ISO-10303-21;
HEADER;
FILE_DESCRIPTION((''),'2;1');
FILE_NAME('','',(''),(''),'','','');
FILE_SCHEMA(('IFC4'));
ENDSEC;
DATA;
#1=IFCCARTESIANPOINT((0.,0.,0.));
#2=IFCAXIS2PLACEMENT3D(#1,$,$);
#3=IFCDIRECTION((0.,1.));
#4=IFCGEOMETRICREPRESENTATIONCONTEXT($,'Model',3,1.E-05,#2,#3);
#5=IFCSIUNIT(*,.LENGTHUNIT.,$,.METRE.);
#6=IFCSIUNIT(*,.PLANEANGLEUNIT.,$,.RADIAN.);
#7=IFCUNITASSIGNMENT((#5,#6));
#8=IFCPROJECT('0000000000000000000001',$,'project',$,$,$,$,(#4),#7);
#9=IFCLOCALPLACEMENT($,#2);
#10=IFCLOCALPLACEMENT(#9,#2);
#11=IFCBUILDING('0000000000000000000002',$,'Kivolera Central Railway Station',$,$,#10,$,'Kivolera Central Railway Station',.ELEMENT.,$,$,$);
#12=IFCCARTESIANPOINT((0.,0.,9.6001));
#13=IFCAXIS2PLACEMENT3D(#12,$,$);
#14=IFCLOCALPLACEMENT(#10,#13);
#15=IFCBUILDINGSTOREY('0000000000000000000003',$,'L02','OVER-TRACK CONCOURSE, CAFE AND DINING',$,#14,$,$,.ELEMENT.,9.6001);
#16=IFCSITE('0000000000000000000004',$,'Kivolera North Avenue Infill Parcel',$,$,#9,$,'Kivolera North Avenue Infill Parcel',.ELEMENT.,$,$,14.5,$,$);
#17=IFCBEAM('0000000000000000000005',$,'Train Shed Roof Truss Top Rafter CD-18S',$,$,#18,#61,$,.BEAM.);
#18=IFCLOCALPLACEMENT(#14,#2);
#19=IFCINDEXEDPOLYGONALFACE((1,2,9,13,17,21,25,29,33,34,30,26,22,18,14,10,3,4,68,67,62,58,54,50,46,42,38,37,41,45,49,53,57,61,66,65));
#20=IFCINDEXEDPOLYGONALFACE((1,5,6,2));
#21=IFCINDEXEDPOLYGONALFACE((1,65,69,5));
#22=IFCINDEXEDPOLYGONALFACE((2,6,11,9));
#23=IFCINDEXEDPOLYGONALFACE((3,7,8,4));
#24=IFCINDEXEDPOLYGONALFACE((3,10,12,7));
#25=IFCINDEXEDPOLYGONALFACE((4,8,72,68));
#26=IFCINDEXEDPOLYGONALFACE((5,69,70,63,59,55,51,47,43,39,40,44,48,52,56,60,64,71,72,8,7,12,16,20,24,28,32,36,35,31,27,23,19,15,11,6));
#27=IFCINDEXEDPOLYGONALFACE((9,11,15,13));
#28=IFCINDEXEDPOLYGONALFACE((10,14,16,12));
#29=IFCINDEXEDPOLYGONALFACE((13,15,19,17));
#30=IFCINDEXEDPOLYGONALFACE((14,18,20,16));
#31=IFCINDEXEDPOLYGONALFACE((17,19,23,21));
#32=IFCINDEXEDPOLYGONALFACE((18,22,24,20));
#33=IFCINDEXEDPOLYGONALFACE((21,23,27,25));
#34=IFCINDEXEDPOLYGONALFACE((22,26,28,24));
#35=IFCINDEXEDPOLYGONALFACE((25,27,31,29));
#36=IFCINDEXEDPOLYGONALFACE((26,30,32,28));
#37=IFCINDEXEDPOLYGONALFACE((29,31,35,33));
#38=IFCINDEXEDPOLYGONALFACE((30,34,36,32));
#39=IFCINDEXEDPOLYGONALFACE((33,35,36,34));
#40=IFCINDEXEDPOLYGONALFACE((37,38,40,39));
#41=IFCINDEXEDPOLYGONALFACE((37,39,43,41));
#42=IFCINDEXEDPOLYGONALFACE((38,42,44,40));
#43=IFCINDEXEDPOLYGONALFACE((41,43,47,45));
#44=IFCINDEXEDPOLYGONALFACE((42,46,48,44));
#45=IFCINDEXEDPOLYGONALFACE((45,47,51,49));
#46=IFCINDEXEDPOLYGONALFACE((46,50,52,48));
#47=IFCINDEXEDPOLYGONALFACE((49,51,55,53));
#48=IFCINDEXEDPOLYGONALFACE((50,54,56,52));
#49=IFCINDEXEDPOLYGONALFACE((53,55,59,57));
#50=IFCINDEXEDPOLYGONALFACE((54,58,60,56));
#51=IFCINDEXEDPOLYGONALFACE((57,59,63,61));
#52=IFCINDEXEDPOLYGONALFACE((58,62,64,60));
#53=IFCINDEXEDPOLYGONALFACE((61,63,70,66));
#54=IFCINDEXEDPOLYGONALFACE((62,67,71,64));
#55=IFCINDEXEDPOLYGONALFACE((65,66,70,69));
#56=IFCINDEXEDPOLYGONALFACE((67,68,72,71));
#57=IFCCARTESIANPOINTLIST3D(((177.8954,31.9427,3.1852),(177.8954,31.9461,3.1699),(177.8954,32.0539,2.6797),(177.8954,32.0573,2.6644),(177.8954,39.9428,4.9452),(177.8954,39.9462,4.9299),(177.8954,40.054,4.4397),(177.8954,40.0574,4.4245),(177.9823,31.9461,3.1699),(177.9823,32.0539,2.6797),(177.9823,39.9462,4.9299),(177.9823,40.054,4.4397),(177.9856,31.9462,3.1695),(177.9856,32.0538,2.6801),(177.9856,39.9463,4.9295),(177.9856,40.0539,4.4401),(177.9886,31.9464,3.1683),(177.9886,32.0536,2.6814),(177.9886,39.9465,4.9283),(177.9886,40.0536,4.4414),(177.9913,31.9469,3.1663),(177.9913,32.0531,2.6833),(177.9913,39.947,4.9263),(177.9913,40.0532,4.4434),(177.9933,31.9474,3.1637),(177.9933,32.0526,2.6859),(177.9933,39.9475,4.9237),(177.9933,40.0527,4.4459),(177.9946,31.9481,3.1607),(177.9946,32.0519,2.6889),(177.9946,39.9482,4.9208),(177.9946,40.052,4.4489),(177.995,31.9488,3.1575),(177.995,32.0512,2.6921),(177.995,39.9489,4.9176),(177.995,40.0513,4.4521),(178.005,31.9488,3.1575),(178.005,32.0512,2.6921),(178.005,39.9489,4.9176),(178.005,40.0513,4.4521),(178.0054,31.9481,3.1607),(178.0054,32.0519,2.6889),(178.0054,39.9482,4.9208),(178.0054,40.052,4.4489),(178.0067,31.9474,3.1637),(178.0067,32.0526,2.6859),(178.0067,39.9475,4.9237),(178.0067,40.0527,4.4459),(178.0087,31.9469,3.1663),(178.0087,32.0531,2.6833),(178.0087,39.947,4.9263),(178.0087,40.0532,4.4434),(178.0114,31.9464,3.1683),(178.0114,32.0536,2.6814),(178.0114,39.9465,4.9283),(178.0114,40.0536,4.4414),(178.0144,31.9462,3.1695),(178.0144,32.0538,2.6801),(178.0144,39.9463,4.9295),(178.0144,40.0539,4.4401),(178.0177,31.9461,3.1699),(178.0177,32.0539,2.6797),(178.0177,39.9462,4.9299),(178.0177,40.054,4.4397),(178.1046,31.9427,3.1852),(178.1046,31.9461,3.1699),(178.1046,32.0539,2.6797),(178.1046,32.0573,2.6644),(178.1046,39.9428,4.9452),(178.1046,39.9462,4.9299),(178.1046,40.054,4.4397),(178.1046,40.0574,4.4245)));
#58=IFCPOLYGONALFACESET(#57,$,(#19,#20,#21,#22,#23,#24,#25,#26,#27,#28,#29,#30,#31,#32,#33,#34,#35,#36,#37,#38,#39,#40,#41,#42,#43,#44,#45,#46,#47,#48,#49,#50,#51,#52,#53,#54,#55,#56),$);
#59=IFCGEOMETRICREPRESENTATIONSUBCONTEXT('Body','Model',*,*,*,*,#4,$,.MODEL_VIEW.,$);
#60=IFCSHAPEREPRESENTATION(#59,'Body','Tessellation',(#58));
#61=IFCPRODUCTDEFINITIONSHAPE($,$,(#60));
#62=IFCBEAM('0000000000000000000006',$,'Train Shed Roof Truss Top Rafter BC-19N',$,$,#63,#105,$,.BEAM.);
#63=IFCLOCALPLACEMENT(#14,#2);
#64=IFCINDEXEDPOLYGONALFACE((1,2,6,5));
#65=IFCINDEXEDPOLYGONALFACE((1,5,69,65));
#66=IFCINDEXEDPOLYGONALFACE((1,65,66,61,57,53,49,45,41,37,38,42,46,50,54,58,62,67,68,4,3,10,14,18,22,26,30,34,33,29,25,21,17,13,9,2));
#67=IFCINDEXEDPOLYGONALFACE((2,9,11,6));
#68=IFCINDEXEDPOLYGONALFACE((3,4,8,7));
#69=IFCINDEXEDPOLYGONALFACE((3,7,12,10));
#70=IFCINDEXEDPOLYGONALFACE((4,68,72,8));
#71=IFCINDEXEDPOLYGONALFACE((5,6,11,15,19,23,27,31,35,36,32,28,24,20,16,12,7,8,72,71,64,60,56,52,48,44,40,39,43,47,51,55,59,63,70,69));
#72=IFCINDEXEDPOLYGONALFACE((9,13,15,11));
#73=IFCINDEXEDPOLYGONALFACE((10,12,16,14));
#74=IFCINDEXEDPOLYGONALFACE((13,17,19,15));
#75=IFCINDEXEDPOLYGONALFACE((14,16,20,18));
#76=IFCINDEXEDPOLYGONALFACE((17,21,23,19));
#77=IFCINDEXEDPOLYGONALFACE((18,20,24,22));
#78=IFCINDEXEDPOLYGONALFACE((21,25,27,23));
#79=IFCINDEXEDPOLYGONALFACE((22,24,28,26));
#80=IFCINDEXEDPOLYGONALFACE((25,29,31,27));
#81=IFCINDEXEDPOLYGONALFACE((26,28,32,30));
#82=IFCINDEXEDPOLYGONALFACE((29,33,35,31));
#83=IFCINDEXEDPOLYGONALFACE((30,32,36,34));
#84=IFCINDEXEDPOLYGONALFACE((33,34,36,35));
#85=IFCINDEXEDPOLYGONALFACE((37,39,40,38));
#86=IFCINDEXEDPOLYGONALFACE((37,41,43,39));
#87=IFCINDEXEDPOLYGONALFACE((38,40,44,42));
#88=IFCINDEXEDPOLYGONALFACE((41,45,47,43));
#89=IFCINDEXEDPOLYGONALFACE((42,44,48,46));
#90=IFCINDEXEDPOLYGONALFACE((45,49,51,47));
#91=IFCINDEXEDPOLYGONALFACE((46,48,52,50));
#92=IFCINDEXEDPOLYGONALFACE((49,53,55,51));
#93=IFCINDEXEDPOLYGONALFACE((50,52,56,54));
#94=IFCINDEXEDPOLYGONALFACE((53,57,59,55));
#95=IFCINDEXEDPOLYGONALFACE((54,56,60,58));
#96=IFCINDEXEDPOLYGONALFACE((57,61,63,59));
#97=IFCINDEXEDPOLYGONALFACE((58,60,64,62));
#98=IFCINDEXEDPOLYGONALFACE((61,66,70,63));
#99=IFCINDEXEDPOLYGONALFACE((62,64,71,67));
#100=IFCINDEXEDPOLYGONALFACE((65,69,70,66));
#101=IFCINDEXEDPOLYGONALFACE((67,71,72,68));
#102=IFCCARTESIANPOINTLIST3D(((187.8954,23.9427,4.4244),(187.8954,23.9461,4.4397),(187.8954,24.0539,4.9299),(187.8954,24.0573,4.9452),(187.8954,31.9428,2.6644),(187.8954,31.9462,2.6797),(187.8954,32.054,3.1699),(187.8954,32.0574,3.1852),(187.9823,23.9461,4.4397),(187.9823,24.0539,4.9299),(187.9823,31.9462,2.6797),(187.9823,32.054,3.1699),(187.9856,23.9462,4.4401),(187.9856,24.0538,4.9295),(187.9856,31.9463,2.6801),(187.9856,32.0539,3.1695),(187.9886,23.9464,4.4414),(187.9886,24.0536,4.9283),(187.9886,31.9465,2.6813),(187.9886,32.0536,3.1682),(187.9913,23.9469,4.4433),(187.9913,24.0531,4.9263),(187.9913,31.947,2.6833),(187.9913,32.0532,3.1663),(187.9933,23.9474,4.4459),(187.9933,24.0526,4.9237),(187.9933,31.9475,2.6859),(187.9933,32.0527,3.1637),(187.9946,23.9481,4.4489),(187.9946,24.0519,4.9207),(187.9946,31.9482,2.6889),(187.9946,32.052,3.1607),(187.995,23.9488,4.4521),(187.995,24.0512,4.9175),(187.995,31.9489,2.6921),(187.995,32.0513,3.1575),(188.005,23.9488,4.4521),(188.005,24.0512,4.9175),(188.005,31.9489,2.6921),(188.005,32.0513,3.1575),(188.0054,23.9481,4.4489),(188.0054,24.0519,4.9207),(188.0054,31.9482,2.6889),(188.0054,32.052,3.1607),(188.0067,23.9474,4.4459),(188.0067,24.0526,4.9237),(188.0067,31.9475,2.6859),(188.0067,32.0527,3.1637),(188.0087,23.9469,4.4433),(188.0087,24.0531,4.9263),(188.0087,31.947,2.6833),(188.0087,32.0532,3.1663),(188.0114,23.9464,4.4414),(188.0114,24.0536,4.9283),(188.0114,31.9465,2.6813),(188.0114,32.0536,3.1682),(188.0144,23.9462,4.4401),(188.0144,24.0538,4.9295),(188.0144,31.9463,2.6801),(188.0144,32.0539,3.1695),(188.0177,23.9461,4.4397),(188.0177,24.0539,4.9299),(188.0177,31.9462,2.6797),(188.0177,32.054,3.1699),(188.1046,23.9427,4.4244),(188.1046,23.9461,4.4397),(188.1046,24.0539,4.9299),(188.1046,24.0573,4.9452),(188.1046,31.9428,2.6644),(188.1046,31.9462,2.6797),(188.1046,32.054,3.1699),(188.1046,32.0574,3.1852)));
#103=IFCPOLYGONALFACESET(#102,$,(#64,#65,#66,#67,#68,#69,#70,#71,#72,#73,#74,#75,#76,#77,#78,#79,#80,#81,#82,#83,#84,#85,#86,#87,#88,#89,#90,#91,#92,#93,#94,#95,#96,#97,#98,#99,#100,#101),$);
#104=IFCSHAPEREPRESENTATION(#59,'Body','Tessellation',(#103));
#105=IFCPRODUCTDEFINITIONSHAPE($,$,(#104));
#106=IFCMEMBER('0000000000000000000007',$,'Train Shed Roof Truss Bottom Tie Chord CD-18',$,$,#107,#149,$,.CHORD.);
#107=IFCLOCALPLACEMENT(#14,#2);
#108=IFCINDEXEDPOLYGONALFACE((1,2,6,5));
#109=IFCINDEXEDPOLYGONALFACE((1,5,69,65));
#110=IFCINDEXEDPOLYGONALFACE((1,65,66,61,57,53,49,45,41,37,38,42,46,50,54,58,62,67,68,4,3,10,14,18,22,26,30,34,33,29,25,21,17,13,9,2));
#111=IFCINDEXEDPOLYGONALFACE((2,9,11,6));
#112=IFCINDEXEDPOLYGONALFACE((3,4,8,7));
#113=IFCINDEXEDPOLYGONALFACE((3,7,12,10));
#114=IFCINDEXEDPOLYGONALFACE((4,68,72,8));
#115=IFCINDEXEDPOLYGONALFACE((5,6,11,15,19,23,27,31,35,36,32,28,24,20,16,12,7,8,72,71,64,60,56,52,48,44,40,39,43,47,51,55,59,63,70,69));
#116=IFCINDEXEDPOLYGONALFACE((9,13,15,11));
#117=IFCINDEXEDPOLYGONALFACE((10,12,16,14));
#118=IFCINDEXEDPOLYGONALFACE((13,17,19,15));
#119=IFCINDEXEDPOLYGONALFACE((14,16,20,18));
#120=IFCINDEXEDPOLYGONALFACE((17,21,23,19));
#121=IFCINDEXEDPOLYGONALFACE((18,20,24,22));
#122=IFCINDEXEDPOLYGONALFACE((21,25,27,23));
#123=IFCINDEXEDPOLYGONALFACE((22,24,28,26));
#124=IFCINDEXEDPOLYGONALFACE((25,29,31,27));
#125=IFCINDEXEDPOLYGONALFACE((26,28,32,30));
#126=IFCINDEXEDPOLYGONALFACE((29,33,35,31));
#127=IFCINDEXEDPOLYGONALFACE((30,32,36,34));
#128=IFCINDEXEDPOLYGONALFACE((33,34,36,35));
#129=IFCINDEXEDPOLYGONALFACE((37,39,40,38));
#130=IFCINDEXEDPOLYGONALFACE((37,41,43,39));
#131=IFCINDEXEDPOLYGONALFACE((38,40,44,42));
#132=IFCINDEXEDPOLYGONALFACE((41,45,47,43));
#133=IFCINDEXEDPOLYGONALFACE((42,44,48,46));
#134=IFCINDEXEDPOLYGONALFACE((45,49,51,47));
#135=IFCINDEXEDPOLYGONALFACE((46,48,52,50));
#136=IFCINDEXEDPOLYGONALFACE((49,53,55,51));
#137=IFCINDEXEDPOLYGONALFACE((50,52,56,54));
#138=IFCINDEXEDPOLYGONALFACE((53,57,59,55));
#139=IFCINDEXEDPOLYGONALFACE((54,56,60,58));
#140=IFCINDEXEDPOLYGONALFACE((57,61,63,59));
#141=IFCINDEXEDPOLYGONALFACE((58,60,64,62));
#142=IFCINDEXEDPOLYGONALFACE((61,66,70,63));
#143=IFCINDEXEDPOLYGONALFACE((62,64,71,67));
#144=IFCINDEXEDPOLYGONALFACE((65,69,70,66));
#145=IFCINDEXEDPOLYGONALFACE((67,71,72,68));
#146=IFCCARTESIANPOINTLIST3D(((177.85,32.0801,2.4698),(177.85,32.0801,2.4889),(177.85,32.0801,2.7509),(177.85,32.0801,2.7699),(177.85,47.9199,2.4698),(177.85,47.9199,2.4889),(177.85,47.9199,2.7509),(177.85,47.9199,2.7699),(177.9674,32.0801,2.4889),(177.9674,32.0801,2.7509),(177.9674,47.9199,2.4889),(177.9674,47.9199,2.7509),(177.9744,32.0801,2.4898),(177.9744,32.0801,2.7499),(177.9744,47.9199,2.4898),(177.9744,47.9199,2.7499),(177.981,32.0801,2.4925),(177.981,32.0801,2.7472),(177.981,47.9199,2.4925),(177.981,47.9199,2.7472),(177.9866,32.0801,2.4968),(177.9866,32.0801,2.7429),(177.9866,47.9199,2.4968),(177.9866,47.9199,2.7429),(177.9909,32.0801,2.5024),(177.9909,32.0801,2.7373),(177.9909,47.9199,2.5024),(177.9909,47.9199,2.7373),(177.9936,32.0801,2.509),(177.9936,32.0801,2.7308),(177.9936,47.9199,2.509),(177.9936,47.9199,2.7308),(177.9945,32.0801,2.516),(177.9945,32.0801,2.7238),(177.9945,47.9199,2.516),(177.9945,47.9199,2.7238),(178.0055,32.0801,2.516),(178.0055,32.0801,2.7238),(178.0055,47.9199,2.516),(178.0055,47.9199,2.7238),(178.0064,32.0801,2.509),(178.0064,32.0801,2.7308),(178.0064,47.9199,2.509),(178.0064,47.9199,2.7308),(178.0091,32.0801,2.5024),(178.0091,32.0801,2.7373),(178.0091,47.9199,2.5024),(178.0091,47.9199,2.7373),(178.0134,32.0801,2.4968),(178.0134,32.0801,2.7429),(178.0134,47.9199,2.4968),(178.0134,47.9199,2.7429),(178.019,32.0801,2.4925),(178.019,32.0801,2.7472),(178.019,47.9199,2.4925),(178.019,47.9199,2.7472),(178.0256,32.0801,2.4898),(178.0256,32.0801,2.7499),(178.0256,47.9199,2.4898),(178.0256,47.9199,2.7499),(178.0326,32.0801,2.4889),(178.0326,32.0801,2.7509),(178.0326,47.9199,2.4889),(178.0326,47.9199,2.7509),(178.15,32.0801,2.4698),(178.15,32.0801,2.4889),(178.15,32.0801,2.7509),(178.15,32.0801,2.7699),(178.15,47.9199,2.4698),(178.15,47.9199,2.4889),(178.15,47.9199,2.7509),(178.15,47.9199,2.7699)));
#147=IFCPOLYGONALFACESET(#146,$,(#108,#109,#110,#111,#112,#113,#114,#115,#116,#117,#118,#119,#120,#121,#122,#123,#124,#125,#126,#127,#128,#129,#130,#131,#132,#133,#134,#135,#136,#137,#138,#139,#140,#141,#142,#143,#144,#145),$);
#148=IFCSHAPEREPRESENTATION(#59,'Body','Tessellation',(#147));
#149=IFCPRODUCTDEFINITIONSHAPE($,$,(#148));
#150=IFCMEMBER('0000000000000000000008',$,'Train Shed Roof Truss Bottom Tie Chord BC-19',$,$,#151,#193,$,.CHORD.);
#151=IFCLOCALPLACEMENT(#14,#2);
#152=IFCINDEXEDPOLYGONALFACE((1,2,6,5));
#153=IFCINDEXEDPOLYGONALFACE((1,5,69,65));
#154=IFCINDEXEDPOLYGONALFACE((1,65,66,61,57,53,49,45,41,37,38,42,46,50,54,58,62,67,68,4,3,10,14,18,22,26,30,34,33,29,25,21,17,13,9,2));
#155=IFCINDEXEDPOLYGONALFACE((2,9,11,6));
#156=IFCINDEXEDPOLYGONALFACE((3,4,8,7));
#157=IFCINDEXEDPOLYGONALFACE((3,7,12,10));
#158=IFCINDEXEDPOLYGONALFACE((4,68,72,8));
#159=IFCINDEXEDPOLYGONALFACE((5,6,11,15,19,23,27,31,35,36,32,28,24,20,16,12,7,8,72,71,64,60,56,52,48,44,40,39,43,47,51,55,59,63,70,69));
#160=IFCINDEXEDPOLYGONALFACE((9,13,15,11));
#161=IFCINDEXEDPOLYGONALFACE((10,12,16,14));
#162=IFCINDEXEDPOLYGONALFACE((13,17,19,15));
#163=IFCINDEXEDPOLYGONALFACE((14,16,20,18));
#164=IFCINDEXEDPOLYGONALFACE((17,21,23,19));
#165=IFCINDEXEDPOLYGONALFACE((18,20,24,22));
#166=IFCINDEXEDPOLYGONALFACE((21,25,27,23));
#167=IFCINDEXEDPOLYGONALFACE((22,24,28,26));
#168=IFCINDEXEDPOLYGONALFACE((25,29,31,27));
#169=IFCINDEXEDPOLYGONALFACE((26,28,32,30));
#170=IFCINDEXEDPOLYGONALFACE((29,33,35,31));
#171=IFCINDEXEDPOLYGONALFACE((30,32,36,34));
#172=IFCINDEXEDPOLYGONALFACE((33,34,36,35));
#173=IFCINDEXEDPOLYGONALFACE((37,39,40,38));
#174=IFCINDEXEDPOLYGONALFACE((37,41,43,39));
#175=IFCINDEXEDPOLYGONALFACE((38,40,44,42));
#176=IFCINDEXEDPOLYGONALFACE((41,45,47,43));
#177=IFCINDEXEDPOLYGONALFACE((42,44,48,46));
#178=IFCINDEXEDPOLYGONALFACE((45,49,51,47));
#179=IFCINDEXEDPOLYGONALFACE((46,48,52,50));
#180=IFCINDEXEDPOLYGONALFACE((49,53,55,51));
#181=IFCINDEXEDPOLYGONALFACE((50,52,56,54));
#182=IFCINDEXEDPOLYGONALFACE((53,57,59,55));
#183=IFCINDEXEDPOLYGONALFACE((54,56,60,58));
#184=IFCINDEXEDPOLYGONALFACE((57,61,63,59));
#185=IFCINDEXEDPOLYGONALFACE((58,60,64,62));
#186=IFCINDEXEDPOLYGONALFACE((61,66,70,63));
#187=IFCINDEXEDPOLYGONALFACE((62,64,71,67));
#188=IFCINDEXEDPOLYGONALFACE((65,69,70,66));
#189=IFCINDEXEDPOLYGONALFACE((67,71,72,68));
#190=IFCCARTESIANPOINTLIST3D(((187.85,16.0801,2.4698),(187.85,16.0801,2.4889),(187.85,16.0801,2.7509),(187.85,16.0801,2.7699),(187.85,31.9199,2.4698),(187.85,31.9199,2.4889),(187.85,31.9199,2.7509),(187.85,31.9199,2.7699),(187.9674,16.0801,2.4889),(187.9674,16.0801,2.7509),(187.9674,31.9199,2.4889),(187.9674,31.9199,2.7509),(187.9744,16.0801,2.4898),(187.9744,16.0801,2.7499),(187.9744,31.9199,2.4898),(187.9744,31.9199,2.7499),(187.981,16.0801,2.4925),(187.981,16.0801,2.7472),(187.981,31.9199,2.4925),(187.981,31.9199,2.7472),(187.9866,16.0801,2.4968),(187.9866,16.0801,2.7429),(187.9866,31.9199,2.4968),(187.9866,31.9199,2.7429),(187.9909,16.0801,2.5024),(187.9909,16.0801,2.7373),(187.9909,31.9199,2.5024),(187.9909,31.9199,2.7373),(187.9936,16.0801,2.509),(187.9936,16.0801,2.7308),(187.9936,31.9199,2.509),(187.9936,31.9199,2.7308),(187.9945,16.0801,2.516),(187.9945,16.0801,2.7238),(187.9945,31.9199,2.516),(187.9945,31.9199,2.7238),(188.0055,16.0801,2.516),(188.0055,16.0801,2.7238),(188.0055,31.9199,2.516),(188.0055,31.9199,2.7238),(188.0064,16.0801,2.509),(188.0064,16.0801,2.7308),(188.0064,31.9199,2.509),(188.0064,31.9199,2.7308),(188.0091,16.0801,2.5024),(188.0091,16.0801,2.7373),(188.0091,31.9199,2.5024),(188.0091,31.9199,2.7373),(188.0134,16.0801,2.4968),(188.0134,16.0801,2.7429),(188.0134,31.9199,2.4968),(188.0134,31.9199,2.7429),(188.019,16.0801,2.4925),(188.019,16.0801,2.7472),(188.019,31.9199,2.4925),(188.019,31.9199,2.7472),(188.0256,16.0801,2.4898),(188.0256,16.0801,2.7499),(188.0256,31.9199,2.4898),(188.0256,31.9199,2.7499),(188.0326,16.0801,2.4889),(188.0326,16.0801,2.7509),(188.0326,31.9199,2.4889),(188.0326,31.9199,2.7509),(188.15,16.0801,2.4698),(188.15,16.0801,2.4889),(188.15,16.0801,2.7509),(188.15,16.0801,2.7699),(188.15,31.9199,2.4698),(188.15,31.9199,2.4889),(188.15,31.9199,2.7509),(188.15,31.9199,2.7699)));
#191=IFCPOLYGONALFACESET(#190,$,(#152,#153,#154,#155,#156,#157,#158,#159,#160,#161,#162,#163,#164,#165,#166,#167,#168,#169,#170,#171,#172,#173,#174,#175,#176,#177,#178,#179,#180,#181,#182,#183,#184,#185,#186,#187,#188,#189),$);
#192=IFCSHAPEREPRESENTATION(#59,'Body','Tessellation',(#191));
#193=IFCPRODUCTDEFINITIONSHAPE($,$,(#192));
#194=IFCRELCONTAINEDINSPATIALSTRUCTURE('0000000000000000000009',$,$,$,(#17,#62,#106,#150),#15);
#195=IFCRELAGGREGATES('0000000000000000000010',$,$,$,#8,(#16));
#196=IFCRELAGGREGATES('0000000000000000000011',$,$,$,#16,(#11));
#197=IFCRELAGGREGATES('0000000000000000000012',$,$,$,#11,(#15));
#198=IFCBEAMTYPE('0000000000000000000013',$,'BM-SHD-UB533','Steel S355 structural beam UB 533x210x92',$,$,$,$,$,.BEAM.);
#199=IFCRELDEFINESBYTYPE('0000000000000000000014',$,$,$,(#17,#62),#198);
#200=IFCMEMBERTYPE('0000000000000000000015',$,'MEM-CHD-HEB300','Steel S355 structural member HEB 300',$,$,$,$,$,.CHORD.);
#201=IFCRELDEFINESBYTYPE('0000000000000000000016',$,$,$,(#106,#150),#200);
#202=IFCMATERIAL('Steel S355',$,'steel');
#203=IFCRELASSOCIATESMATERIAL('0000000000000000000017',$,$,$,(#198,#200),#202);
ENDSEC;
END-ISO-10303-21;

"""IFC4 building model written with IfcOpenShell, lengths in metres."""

from ifc_helpers import new_model, si_unit, direction, frame, origin, origin_2d, place, context, subcontext, project, spatial, i_section, extrude, material, material_profile, profile_set, type_object, element, save


model = new_model("IFC4")

# Units and contexts
model_context = context("Model", 3, precision=1e-05, world=origin(), true_north=direction((0.0, 1.0)))
body_context = subcontext(model_context, "Body", "Model", "MODEL_VIEW")
ifc_project = project(units=[si_unit("LENGTHUNIT", "METRE"), si_unit("PLANEANGLEUNIT", "RADIAN")], contexts=[model_context])

# Site, building, storey
site_placement = place(None, origin())
site = spatial("IfcSite", under=ifc_project, at=site_placement, Name="Kivolera North Avenue Infill Parcel", LongName="Kivolera North Avenue Infill Parcel", CompositionType="ELEMENT", RefElevation=14.5)
building_placement = place(site_placement, origin())
building = spatial("IfcBuilding", under=site, at=building_placement, Name="Kivolera Central Railway Station", LongName="Kivolera Central Railway Station", CompositionType="ELEMENT")
storey_placement = place(building_placement, frame((0.0, 0.0, 9.6001)))
storey = spatial("IfcBuildingStorey", under=building, at=storey_placement, Name="L02", Description="OVER-TRACK CONCOURSE, CAFE AND DINING", CompositionType="ELEMENT", Elevation=9.6001)

# Shared definitions
ifc_material_1 = material(Name="Steel S355", Category="steel")

# Beams
ifc_material_profile_1 = material_profile(ifc_material_1, i_section(OverallWidth=0.2092, OverallDepth=0.5332, WebThickness=0.01, FlangeThickness=0.0156, FilletRadius=0.0127, at=origin_2d()), Name="UB 533x210x92")
ifc_profile_set_1 = profile_set([ifc_material_profile_1], Name="Steel S355")
beam_type_1 = type_object("IfcBeamType", Name="BM-SHD-UB533", Description="Steel S355 structural beam UB 533x210x92", PredefinedType="BEAM", material=ifc_profile_set_1)
for number, where, z_axis, x_axis, name in (
    (1, (178.0, 32.0, 2.9248), (0.0, 0.976644, 0.214863), (-1.0, 0.0, 0.0), "Train Shed Roof Truss Top Rafter CD-18S"),
    (2, (188.0, 24.0, 4.6848), (0.0, 0.976644, -0.214863), (-1.0, 0.0, 0.0), "Train Shed Roof Truss Top Rafter BC-19N"),
):
    element("IfcBeam", number, at=place(storey_placement, frame(where, z_axis=z_axis, x_axis=x_axis)), inside=storey, type_object=beam_type_1, Name=name, PredefinedType="BEAM", context=body_context, shape_type="SweptSolid", body=[
        extrude(i_section(OverallWidth=0.2092, OverallDepth=0.5332, WebThickness=0.01, FlangeThickness=0.0156, FilletRadius=0.0127, at=origin_2d()), origin(), (0.0, 0.0, 1.0), 8.1914),
    ])

# Members
ifc_material_profile_2 = material_profile(ifc_material_1, i_section(OverallWidth=0.3, OverallDepth=0.3, WebThickness=0.011, FlangeThickness=0.019, FilletRadius=0.0271, at=origin_2d()), Name="HEB 300")
ifc_profile_set_2 = profile_set([ifc_material_profile_2], Name="Steel S355")
member_type_1 = type_object("IfcMemberType", Name="MEM-CHD-HEB300", Description="Steel S355 structural member HEB 300", PredefinedType="CHORD", material=ifc_profile_set_2)
for number, where, z_axis, x_axis, name in (
    (3, (178.0, 32.0801, 2.6199), (0.0, 1.0, 0.0), (-1.0, 0.0, 0.0), "Train Shed Roof Truss Bottom Tie Chord CD-18"),
    (4, (188.0, 16.0801, 2.6199), (0.0, 1.0, 0.0), (-1.0, 0.0, 0.0), "Train Shed Roof Truss Bottom Tie Chord BC-19"),
):
    element("IfcMember", number, at=place(storey_placement, frame(where, z_axis=z_axis, x_axis=x_axis)), inside=storey, type_object=member_type_1, Name=name, PredefinedType="CHORD", context=body_context, shape_type="SweptSolid", body=[
        extrude(i_section(OverallWidth=0.3, OverallDepth=0.3, WebThickness=0.011, FlangeThickness=0.019, FilletRadius=0.0271, at=origin_2d()), origin(), (0.0, 0.0, 1.0), 15.8398),
    ])

save(model, "model.ifc")
